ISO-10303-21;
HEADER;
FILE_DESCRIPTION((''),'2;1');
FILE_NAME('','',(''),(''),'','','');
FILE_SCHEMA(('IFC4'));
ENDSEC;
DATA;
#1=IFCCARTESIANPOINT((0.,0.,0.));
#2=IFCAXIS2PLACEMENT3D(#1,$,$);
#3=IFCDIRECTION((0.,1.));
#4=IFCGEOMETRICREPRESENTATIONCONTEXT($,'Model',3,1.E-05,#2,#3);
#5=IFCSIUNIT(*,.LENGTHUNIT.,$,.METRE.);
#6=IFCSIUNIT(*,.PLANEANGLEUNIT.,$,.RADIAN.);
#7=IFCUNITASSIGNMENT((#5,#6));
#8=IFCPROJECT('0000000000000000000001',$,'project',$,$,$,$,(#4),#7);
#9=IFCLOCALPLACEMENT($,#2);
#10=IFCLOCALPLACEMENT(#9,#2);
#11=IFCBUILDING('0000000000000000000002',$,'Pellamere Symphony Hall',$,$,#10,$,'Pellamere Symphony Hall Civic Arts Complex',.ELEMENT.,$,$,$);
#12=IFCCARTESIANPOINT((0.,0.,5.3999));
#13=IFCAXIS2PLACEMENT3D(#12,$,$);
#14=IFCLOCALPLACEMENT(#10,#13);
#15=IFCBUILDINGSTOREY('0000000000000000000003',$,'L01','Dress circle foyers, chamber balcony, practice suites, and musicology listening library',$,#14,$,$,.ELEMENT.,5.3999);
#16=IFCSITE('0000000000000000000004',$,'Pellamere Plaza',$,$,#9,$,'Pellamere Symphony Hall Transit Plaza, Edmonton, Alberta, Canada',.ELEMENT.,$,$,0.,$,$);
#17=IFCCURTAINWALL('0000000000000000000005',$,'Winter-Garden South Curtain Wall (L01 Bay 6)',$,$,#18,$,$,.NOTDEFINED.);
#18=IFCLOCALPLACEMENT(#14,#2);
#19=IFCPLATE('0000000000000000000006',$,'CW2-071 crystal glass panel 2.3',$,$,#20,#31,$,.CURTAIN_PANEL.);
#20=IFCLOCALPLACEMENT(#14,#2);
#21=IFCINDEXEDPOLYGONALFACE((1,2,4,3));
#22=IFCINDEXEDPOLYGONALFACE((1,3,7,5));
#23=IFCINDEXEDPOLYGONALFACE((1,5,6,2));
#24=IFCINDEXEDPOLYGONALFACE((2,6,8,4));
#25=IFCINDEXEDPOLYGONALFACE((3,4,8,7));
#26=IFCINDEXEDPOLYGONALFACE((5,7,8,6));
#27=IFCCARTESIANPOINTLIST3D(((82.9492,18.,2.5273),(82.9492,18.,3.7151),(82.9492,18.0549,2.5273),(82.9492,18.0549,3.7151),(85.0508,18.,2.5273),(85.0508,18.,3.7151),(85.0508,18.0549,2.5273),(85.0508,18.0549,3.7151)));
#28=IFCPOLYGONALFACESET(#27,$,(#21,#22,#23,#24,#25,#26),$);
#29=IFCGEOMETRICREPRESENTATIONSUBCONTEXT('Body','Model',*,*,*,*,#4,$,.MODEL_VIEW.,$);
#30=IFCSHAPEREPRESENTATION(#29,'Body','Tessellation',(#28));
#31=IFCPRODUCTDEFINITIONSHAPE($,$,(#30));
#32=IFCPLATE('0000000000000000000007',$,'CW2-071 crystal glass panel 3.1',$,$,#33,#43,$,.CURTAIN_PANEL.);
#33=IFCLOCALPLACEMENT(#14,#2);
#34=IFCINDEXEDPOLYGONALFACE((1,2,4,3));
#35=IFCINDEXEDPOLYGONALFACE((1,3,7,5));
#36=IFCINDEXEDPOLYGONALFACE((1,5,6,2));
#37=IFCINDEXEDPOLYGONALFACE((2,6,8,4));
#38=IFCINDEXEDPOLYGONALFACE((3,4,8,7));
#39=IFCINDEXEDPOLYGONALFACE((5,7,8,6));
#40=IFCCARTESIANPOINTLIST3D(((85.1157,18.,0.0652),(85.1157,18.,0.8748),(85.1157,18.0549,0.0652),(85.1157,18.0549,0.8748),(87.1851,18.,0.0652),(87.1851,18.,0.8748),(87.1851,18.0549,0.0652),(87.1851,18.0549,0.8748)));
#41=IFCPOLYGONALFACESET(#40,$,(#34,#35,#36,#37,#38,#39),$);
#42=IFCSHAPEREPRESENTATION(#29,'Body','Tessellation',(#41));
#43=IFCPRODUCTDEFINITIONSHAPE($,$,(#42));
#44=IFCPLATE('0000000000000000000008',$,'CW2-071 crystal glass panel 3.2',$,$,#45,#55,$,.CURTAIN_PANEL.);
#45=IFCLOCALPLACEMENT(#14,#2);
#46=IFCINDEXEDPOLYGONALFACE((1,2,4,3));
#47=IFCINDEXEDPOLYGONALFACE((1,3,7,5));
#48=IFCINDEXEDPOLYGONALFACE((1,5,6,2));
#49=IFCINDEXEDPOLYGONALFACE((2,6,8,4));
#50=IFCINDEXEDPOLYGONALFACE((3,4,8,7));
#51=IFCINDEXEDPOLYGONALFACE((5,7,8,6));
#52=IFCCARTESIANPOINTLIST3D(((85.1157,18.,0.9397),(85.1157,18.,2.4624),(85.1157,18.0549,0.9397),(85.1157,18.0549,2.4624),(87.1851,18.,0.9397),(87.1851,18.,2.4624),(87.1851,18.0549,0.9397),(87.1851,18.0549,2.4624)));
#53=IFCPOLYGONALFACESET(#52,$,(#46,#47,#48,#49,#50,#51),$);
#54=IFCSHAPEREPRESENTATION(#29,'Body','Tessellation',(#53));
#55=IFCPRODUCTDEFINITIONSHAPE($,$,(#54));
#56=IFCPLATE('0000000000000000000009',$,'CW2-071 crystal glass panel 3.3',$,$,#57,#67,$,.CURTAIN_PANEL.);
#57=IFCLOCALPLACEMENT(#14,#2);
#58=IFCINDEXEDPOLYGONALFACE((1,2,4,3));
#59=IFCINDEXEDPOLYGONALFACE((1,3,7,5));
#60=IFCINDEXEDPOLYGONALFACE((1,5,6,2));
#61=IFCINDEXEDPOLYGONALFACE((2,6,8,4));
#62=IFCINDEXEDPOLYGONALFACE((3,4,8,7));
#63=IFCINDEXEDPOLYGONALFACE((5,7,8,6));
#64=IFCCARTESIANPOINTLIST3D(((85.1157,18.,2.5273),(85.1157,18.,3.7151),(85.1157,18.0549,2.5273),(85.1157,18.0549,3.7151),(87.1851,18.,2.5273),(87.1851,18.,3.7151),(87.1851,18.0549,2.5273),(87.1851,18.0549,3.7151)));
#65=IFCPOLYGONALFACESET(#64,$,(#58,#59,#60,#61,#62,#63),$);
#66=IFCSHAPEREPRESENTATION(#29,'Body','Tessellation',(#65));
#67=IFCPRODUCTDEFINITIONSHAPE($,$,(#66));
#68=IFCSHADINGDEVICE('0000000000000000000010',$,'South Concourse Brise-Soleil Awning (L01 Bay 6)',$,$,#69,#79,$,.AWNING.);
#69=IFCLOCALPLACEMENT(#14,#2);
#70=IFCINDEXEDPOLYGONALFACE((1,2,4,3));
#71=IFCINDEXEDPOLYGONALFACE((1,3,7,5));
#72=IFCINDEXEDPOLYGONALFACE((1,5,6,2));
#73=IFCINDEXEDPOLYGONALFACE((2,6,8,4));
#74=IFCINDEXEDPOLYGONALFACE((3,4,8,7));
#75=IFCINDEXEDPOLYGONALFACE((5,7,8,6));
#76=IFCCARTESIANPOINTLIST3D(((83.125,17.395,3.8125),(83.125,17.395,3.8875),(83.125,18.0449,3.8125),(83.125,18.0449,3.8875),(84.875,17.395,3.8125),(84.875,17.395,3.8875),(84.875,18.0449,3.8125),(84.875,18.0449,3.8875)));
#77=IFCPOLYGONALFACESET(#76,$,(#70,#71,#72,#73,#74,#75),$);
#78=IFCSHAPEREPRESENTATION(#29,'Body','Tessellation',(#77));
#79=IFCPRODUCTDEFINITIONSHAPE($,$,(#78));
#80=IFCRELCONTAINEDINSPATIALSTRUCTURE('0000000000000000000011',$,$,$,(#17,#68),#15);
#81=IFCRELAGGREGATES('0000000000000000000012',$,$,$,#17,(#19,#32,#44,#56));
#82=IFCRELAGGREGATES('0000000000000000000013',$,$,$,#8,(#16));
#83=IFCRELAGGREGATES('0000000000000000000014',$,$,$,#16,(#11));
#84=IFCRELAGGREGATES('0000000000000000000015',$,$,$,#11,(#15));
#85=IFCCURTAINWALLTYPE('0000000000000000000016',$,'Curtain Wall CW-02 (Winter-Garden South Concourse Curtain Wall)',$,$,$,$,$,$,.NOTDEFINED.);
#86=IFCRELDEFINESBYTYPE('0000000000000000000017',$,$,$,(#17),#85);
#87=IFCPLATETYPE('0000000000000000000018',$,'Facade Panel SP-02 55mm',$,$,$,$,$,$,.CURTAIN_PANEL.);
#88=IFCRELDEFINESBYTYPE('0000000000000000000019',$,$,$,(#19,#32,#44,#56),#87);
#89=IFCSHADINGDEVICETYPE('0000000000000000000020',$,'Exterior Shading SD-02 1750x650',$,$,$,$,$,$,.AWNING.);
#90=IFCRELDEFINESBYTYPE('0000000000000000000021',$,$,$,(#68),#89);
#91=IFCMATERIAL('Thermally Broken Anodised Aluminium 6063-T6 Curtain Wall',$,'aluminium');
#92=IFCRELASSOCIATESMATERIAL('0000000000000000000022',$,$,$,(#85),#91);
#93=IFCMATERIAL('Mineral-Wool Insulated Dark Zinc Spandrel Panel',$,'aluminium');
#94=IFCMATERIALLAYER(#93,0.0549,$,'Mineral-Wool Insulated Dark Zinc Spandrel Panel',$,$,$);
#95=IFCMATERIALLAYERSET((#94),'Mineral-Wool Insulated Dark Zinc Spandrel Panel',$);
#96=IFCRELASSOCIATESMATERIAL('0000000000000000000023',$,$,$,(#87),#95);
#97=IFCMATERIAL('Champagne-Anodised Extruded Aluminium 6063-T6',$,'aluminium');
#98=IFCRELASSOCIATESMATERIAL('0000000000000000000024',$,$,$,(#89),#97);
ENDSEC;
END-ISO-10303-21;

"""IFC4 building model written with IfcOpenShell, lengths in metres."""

from ifc_helpers import new_model, si_unit, direction, frame, origin, origin_2d, place, context, subcontext, project, spatial, polyline, rectangle, outline, extrude, material, layer, layer_set, type_object, element, aggregate, save


model = new_model("IFC4")

# Units and contexts
model_context = context("Model", 3, precision=1e-05, world=origin(), true_north=direction((0.0, 1.0)))
body_context = subcontext(model_context, "Body", "Model", "MODEL_VIEW")
ifc_project = project(units=[si_unit("LENGTHUNIT", "METRE"), si_unit("PLANEANGLEUNIT", "RADIAN")], contexts=[model_context])

# Site, building, storey
site_placement = place(None, origin())
site = spatial("IfcSite", under=ifc_project, at=site_placement, Name="Pellamere Plaza", LongName="Pellamere Symphony Hall Transit Plaza, Edmonton, Alberta, Canada", CompositionType="ELEMENT", RefElevation=0.0)
building_placement = place(site_placement, origin())
building = spatial("IfcBuilding", under=site, at=building_placement, Name="Pellamere Symphony Hall", LongName="Pellamere Symphony Hall Civic Arts Complex", CompositionType="ELEMENT")
storey_placement = place(building_placement, frame((0.0, 0.0, 5.3999)))
storey = spatial("IfcBuildingStorey", under=building, at=storey_placement, Name="L01", Description="Dress circle foyers, chamber balcony, practice suites, and musicology listening library", CompositionType="ELEMENT", Elevation=5.3999)

# Curtain wall
ifc_material_1 = material(Name="Thermally Broken Anodised Aluminium 6063-T6 Curtain Wall", Category="aluminium")
curtain_wall_type = type_object("IfcCurtainWallType", Name="Curtain Wall CW-02 (Winter-Garden South Concourse Curtain Wall)", PredefinedType="NOTDEFINED", material=ifc_material_1)
curtain_wall_1_placement = place(storey_placement, origin())
curtain_wall_1 = element("IfcCurtainWall", 1, at=curtain_wall_1_placement, inside=storey, type_object=curtain_wall_type, Name="Winter-Garden South Curtain Wall (L01 Bay 6)", PredefinedType="NOTDEFINED")

# Plates
ifc_material_2 = material(Name="Mineral-Wool Insulated Dark Zinc Spandrel Panel", Category="aluminium")
ifc_layer_1 = layer(ifc_material_2, 0.0549, Name="Mineral-Wool Insulated Dark Zinc Spandrel Panel")
ifc_layer_set_1 = layer_set([ifc_layer_1], Name="Mineral-Wool Insulated Dark Zinc Spandrel Panel")
plate_type_1 = type_object("IfcPlateType", Name="Facade Panel SP-02 55mm", PredefinedType="CURTAIN_PANEL", material=ifc_layer_set_1)
plate_1_placement = place(storey_placement, frame((82.9492, 18.0, 2.5273), z_axis=(0.0, -1.0, 0.0), x_axis=(1.0, 0.0, 0.0)))
plate_1 = element("IfcPlate", 2, at=plate_1_placement, type_object=plate_type_1, Name="CW2-071 crystal glass panel 2.3", PredefinedType="CURTAIN_PANEL", context=body_context, shape_type="SweptSolid", body=[
    extrude(outline(polyline([(0.0, 0.0), (2.1016, 0.0), (2.1016, 1.1877), (0.0, 1.1877), (0.0, 0.0)])), origin(), (0.0, 0.0, -1.0), 0.0549),
])
plate_2_placement = place(storey_placement, frame((85.1157, 18.0, 0.0652), z_axis=(0.0, -1.0, 0.0), x_axis=(1.0, 0.0, 0.0)))
plate_2 = element("IfcPlate", 3, at=plate_2_placement, type_object=plate_type_1, Name="CW2-071 crystal glass panel 3.1", PredefinedType="CURTAIN_PANEL", context=body_context, shape_type="SweptSolid", body=[
    extrude(outline(polyline([(0.0, 0.0), (2.0693, 0.0), (2.0693, 0.8096), (0.0, 0.8096), (0.0, 0.0)])), origin(), (0.0, 0.0, -1.0), 0.0549),
])
plate_3_placement = place(storey_placement, frame((85.1157, 18.0, 0.9397), z_axis=(0.0, -1.0, 0.0), x_axis=(1.0, 0.0, 0.0)))
plate_3 = element("IfcPlate", 4, at=plate_3_placement, type_object=plate_type_1, Name="CW2-071 crystal glass panel 3.2", PredefinedType="CURTAIN_PANEL", context=body_context, shape_type="SweptSolid", body=[
    extrude(outline(polyline([(0.0, 0.0), (2.0693, 0.0), (2.0693, 1.5227), (0.0, 1.5227), (0.0, 0.0)])), origin(), (0.0, 0.0, -1.0), 0.0549),
])
plate_4_placement = place(storey_placement, frame((85.1157, 18.0, 2.5273), z_axis=(0.0, -1.0, 0.0), x_axis=(1.0, 0.0, 0.0)))
plate_4 = element("IfcPlate", 5, at=plate_4_placement, type_object=plate_type_1, Name="CW2-071 crystal glass panel 3.3", PredefinedType="CURTAIN_PANEL", context=body_context, shape_type="SweptSolid", body=[
    extrude(outline(polyline([(0.0, 0.0), (2.0693, 0.0), (2.0693, 1.1877), (0.0, 1.1877), (0.0, 0.0)])), origin(), (0.0, 0.0, -1.0), 0.0549),
])
aggregate(curtain_wall_1, [plate_1, plate_2, plate_3, plate_4])

# Shading device
ifc_material_3 = material(Name="Champagne-Anodised Extruded Aluminium 6063-T6", Category="aluminium")
shading_device_type = type_object("IfcShadingDeviceType", Name="Exterior Shading SD-02 1750x650", PredefinedType="AWNING", material=ifc_material_3)
shading_device_placement = place(storey_placement, frame((84.0, 17.72, 3.8125), z_axis=(0.0, 0.0, 1.0), x_axis=(1.0, 0.0, 0.0)))
element("IfcShadingDevice", 6, at=shading_device_placement, inside=storey, type_object=shading_device_type, Name="South Concourse Brise-Soleil Awning (L01 Bay 6)", PredefinedType="AWNING", context=body_context, shape_type="SweptSolid", body=[
    extrude(rectangle(XDim=1.75, YDim=0.6499, at=origin_2d()), origin(), (0.0, 0.0, 1.0), 0.075),
])

save(model, "model.ifc")
